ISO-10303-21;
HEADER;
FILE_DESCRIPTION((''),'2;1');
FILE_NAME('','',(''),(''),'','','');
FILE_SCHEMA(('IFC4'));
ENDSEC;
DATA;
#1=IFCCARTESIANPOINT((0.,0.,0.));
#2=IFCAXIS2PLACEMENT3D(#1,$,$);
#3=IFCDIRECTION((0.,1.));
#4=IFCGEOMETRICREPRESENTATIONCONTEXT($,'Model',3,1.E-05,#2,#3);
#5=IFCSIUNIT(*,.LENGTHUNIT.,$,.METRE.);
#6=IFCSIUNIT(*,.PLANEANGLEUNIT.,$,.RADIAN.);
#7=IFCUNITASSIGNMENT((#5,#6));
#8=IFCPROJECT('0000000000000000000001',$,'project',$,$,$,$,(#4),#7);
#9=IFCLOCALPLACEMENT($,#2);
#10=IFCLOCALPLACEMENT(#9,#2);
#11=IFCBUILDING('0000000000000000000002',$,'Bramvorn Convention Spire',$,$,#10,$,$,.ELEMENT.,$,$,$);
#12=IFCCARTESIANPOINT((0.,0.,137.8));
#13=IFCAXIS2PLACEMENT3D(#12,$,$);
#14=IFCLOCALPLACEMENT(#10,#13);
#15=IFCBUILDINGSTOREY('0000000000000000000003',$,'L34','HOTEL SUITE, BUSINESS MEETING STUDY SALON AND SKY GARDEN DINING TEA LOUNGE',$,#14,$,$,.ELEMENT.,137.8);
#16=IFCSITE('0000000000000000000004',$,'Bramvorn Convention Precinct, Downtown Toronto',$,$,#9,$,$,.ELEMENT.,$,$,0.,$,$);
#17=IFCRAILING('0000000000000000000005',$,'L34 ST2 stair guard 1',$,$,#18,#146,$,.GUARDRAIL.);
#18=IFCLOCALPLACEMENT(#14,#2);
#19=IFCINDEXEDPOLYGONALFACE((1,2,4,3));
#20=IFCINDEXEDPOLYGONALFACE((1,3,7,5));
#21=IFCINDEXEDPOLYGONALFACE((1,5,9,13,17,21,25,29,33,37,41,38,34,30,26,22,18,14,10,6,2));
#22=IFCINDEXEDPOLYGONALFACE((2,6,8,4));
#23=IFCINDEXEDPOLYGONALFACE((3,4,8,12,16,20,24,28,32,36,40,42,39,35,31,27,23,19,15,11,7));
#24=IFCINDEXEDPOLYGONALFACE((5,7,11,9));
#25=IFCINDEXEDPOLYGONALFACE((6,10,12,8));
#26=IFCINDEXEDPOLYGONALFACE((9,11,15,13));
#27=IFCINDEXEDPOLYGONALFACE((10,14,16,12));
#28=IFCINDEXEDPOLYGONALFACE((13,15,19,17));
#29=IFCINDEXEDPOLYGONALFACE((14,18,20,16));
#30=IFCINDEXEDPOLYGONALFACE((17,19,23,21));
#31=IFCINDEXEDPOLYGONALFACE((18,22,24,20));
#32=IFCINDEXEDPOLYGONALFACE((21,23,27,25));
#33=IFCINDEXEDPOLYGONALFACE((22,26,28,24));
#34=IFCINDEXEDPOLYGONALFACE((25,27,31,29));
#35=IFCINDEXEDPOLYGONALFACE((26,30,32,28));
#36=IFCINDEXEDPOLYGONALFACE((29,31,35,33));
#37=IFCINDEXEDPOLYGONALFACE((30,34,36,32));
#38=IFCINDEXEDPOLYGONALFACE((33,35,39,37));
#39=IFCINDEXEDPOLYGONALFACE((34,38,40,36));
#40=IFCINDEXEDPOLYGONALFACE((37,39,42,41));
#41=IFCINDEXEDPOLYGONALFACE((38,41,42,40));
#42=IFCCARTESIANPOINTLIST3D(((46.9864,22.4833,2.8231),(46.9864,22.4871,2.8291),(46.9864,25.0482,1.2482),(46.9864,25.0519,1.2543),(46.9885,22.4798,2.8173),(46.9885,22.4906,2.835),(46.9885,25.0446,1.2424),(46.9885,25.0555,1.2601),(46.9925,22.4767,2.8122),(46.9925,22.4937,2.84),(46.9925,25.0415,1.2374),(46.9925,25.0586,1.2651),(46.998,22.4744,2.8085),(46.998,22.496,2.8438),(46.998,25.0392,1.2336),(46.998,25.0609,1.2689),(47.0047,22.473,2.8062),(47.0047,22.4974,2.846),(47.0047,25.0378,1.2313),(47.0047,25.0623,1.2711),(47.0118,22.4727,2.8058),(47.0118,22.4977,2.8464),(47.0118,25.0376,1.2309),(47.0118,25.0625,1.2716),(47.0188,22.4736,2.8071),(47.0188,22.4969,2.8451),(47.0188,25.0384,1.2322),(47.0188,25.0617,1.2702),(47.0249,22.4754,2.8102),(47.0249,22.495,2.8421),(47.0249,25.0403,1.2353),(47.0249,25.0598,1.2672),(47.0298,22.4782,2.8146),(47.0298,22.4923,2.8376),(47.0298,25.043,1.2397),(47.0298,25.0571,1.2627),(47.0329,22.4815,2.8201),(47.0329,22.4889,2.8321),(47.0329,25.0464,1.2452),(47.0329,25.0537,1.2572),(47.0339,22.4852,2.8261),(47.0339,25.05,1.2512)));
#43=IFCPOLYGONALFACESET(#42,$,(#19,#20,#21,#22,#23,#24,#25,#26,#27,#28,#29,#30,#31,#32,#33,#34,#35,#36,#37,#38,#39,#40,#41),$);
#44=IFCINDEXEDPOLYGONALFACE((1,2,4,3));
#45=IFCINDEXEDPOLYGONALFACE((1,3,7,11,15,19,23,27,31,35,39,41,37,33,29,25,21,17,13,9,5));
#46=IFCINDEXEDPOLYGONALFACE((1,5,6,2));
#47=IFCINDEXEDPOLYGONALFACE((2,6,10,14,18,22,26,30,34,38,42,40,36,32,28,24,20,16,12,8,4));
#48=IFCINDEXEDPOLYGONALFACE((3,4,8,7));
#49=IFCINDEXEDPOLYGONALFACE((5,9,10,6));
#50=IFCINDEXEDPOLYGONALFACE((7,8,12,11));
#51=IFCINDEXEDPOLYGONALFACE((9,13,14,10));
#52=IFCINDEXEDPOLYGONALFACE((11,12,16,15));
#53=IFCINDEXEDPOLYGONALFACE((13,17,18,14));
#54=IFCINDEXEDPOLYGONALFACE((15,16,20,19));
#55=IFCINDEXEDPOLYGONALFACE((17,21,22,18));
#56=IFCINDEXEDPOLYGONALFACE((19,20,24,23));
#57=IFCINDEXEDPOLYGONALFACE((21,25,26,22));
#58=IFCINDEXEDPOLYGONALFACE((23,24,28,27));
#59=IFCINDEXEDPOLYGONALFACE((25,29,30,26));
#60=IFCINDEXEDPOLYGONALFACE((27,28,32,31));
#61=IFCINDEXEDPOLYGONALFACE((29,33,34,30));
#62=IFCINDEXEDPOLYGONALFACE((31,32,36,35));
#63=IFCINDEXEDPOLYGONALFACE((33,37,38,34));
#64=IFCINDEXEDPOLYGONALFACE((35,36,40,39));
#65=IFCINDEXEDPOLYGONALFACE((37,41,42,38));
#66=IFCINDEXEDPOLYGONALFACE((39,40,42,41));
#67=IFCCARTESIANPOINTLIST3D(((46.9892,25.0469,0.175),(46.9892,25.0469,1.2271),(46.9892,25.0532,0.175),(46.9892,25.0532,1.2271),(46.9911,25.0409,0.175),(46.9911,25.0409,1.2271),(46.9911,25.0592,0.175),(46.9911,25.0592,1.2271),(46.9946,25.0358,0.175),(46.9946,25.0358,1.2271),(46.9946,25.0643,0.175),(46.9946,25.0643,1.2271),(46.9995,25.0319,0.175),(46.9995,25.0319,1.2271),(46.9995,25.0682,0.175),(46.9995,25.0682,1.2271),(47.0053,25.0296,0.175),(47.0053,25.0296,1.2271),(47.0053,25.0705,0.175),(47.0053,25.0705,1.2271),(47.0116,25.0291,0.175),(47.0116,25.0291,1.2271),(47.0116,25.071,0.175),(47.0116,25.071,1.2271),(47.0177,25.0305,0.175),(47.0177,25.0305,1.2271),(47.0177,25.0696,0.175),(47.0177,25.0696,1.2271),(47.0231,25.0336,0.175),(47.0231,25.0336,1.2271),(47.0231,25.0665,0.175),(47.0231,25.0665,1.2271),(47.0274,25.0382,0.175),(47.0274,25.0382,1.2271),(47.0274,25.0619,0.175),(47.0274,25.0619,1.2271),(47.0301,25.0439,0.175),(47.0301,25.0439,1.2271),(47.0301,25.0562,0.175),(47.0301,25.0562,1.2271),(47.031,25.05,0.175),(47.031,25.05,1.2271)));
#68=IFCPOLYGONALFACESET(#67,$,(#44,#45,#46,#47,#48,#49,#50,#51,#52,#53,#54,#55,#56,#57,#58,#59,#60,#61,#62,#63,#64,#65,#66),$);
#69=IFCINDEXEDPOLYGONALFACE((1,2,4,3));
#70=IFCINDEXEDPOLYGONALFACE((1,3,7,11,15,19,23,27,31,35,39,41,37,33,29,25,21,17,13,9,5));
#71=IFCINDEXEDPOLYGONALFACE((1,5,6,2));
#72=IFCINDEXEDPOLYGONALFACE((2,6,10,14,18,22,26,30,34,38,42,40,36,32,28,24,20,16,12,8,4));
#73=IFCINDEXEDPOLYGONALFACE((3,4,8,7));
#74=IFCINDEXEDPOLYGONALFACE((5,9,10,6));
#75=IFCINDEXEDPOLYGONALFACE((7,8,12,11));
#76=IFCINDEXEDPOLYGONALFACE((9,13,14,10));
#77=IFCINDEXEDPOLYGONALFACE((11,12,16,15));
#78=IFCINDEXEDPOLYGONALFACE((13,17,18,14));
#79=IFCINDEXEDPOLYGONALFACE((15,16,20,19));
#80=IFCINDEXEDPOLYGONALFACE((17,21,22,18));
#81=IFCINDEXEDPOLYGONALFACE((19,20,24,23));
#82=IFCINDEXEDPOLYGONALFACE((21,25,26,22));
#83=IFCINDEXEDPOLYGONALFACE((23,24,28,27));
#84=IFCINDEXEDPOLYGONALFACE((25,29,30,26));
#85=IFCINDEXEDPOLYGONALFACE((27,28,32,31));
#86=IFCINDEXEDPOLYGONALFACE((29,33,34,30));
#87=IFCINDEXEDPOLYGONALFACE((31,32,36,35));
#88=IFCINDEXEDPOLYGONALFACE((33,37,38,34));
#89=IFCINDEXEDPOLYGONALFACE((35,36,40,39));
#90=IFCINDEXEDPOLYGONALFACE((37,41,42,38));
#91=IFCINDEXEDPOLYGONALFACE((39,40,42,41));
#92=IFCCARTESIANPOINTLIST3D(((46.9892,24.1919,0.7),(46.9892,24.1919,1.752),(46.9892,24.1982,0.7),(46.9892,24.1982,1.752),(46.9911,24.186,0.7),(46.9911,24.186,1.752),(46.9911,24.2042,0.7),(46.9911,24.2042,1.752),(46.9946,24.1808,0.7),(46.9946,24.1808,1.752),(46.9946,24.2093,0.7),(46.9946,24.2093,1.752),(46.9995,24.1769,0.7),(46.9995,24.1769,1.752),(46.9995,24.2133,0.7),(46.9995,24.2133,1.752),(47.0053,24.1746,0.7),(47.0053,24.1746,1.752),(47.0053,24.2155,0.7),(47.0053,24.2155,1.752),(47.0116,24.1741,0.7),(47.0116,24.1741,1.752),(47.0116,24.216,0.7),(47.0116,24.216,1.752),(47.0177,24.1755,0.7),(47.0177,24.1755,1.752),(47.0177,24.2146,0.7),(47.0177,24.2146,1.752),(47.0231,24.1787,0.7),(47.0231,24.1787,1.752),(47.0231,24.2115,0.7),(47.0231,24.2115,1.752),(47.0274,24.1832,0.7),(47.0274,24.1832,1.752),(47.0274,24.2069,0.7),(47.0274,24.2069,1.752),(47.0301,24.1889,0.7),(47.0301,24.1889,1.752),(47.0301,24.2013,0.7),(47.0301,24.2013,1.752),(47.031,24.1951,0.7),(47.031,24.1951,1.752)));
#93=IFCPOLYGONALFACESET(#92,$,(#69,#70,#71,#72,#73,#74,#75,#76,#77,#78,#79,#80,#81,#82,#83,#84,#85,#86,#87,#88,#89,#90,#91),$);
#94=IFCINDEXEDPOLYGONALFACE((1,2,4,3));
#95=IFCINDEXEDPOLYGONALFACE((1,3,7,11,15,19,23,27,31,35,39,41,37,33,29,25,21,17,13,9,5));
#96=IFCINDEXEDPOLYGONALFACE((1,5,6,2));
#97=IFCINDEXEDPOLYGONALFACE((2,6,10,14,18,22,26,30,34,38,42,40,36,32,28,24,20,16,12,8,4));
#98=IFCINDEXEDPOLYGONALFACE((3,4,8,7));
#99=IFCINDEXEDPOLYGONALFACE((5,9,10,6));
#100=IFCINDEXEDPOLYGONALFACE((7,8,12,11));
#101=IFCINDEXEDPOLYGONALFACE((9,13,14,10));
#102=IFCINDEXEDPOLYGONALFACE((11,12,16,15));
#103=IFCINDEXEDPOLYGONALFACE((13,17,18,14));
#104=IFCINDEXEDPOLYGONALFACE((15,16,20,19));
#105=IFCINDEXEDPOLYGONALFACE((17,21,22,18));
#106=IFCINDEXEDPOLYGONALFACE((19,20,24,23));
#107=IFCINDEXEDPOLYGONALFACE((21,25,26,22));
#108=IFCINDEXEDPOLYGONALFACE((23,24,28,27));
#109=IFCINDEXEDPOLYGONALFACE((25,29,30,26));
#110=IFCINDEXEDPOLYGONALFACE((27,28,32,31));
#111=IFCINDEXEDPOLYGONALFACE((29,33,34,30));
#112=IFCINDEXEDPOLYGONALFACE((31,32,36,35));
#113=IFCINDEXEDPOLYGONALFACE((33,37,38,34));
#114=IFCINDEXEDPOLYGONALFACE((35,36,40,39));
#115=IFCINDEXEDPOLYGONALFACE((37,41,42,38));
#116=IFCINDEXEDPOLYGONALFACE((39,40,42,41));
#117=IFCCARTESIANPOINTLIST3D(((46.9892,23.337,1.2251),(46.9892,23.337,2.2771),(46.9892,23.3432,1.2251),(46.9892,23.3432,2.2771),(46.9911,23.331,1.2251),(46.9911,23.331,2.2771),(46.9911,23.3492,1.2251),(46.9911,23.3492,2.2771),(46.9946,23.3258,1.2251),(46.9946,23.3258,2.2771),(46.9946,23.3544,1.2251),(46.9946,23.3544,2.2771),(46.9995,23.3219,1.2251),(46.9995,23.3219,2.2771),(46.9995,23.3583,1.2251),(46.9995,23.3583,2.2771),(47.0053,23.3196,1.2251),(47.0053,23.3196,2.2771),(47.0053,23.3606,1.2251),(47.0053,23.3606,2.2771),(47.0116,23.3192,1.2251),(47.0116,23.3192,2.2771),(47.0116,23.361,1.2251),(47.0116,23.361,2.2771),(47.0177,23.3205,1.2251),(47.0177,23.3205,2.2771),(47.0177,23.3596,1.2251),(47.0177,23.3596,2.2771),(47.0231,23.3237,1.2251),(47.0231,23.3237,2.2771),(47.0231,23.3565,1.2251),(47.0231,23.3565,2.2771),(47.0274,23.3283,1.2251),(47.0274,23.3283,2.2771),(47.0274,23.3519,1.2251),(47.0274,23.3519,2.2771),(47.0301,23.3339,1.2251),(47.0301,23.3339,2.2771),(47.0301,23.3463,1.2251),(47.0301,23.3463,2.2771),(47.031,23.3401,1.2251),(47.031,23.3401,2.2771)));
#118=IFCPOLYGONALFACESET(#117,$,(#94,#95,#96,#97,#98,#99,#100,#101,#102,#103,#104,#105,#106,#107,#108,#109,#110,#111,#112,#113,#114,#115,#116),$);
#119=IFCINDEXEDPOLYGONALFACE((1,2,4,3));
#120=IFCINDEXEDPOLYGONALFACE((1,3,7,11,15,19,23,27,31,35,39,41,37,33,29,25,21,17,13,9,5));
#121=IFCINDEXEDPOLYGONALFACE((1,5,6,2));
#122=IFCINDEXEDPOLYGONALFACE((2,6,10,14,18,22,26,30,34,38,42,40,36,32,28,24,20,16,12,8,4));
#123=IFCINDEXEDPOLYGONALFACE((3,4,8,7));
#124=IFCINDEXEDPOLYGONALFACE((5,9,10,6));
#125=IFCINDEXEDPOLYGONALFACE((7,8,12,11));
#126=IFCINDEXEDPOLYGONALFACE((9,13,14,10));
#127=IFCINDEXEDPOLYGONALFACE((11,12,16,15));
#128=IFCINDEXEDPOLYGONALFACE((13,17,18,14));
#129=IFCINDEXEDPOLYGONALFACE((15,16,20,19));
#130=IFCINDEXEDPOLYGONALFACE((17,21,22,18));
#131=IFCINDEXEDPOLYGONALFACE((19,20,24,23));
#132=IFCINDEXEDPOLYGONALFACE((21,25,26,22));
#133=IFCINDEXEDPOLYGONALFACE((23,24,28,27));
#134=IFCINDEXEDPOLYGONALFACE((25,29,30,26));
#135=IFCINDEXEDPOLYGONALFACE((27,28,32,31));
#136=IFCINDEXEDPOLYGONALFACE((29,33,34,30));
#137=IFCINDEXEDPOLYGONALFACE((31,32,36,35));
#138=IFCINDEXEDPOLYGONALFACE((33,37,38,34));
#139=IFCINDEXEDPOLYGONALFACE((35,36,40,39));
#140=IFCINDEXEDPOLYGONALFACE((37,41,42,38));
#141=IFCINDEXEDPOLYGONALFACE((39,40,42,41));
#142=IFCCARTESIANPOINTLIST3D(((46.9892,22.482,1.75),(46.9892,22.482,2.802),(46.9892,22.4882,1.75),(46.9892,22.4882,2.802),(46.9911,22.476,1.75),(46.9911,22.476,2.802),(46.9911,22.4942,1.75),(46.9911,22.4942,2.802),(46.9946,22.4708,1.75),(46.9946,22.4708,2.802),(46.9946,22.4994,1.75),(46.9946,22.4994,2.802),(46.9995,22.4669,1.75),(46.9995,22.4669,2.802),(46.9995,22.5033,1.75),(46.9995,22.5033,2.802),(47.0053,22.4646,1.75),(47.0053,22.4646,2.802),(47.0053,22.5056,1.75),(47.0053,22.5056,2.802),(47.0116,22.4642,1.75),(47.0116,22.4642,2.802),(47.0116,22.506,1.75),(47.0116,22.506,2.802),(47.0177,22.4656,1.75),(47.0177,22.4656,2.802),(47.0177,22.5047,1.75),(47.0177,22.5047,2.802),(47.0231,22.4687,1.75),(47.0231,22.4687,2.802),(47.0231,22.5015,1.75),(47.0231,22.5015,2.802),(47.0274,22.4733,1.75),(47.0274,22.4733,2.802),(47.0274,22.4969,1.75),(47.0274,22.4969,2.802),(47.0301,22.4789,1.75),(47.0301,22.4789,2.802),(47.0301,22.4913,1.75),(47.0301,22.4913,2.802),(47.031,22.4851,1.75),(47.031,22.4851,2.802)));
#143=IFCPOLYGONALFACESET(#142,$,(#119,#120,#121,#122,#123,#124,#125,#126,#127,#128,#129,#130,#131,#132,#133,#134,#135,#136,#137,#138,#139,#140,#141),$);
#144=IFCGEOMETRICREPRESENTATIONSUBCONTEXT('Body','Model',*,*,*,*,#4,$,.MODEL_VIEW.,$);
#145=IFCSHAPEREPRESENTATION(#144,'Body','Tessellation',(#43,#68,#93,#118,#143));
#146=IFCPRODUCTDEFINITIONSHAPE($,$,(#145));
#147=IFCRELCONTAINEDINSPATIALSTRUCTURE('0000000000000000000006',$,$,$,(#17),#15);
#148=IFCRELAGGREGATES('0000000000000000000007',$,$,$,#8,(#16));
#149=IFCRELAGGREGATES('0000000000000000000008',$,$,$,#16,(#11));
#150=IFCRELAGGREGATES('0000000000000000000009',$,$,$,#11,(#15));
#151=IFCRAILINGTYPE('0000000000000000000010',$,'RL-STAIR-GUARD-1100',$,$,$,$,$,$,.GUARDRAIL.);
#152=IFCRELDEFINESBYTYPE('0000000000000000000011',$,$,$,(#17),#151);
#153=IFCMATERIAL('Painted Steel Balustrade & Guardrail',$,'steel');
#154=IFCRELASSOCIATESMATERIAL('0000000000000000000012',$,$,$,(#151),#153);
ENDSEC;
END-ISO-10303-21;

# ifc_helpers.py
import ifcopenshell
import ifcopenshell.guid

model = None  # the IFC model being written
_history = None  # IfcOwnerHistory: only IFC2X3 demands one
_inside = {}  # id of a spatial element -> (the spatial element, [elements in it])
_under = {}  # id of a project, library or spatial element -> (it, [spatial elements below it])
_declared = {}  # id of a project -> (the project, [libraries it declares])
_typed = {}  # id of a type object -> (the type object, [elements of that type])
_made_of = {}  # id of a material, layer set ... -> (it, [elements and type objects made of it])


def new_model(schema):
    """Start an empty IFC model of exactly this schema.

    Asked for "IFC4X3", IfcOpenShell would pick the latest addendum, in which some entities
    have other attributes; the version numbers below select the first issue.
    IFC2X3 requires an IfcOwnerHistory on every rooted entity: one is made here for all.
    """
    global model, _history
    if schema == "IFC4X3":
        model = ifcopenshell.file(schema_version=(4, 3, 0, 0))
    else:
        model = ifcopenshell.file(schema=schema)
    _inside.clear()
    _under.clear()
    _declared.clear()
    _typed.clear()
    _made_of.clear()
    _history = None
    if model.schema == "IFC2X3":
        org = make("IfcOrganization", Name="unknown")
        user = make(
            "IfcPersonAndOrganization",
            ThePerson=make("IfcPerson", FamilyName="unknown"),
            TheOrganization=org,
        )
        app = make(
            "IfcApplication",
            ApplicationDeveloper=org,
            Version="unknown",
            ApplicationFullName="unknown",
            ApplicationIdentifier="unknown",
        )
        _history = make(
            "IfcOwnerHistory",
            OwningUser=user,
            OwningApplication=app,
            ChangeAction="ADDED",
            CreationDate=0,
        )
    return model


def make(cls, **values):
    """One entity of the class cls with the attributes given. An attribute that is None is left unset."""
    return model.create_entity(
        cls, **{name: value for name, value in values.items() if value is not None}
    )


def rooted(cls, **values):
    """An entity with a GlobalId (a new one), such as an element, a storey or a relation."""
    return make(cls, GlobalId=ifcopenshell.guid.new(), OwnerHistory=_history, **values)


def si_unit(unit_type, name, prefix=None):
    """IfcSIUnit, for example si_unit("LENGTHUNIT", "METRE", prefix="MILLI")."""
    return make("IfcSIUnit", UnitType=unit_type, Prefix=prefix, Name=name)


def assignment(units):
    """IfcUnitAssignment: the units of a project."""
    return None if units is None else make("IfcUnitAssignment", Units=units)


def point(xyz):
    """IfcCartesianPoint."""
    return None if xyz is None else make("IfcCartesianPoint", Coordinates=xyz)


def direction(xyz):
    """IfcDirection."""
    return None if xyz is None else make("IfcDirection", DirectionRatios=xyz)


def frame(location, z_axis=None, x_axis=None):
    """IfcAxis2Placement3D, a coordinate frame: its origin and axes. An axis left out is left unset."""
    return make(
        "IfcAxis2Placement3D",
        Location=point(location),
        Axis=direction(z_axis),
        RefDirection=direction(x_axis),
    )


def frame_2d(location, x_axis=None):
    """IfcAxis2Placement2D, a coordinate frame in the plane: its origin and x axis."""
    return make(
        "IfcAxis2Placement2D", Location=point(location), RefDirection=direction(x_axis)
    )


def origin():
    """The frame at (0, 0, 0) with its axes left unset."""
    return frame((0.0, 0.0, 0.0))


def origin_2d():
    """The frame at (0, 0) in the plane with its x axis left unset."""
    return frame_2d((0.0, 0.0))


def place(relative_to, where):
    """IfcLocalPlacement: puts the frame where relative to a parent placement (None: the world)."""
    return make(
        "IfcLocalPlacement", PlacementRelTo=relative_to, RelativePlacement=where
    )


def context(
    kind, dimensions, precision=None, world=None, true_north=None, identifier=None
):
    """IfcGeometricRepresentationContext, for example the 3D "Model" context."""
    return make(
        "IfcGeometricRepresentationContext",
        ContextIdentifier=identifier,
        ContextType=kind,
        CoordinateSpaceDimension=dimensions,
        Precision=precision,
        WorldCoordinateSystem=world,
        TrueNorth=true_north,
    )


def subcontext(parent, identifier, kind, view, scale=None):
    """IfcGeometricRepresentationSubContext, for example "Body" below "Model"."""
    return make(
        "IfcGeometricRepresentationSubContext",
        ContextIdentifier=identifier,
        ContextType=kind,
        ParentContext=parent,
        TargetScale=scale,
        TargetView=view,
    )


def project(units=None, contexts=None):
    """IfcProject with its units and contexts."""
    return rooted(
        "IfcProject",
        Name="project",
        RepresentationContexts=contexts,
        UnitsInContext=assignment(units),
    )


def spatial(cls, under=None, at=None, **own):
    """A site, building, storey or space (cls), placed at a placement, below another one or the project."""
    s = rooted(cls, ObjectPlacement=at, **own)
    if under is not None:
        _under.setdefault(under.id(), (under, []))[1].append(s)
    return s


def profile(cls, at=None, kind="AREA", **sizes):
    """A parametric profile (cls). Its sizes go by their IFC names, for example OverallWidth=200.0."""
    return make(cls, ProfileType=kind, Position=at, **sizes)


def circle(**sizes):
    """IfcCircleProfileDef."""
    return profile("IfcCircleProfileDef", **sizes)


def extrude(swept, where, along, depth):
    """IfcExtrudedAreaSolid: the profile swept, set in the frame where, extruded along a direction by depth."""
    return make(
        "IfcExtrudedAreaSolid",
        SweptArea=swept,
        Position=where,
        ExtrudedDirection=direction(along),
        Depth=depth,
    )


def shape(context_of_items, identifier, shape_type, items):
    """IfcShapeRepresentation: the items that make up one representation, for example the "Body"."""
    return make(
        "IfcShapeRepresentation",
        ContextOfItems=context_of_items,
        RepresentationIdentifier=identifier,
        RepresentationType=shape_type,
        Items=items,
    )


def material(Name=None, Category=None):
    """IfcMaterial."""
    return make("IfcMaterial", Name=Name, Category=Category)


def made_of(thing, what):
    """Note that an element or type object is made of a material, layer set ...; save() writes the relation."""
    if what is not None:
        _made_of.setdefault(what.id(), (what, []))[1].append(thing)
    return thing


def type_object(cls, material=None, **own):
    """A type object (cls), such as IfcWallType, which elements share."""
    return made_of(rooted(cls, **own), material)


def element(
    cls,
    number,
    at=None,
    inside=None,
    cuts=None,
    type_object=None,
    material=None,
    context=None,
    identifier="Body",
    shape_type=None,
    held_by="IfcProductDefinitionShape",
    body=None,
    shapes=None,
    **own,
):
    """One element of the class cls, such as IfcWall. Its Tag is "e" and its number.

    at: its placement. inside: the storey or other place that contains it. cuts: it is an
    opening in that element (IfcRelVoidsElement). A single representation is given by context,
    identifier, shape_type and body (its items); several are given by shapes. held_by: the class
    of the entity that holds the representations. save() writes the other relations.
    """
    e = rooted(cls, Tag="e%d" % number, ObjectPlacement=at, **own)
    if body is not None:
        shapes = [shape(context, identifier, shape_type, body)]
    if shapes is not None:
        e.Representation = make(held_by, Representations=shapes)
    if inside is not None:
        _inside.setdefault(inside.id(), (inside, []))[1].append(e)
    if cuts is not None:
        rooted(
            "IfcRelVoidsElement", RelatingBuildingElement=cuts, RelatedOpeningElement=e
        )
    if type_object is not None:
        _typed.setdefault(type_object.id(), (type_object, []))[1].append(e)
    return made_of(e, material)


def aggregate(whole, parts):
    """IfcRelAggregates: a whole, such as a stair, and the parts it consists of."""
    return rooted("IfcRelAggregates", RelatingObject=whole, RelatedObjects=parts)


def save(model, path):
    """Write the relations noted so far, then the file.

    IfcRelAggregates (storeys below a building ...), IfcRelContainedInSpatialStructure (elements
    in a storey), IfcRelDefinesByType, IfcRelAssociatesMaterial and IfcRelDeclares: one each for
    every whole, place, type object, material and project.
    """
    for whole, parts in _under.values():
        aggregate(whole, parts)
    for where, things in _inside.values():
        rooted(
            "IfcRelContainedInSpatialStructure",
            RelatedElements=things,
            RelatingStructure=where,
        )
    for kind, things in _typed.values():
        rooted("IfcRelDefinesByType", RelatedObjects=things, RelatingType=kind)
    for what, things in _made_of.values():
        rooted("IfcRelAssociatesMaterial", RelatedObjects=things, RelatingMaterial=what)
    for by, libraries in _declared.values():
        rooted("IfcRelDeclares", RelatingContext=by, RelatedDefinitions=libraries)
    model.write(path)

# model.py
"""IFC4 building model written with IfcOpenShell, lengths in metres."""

from ifc_helpers import new_model, si_unit, direction, frame, origin, origin_2d, place, context, subcontext, project, spatial, circle, extrude, material, type_object, element, save


model = new_model("IFC4")

# Units and contexts
model_context = context("Model", 3, precision=1e-05, world=origin(), true_north=direction((0.0, 1.0)))
body_context = subcontext(model_context, "Body", "Model", "MODEL_VIEW")
ifc_project = project(units=[si_unit("LENGTHUNIT", "METRE"), si_unit("PLANEANGLEUNIT", "RADIAN")], contexts=[model_context])

# Site, building, storey
site_placement = place(None, origin())
site = spatial("IfcSite", under=ifc_project, at=site_placement, Name="Bramvorn Convention Precinct, Downtown Toronto", CompositionType="ELEMENT", RefElevation=0.0)
building_placement = place(site_placement, origin())
building = spatial("IfcBuilding", under=site, at=building_placement, Name="Bramvorn Convention Spire", CompositionType="ELEMENT")
storey_placement = place(building_placement, frame((0.0, 0.0, 137.8)))
storey = spatial("IfcBuildingStorey", under=building, at=storey_placement, Name="L34", Description="HOTEL SUITE, BUSINESS MEETING STUDY SALON AND SKY GARDEN DINING TEA LOUNGE", CompositionType="ELEMENT", Elevation=137.8)

# Railing
ifc_material_1 = material(Name="Painted Steel Balustrade & Guardrail", Category="steel")
railing_type_1 = type_object("IfcRailingType", Name="RL-STAIR-GUARD-1100", PredefinedType="GUARDRAIL", material=ifc_material_1)
railing_1_placement = place(storey_placement, frame((47.01, 25.05, 0.175)))
element("IfcRailing", 1, at=railing_1_placement, inside=storey, type_object=railing_type_1, Name="L34 ST2 stair guard 1", PredefinedType="GUARDRAIL", context=body_context, shape_type="SweptSolid", body=[
    extrude(circle(Radius=0.0239, at=origin_2d()), frame((0.0, 0.0, 1.0762), z_axis=(0.0, -0.852173, 0.52326), x_axis=(1.0, 0.0, 0.0)), (0.0, 0.0, 1.0), 3.0098),
    extrude(circle(Radius=0.021, at=origin_2d()), origin(), (0.0, 0.0, 1.0), 1.052),
    extrude(circle(Radius=0.021, at=origin_2d()), frame((0.0, -0.855, 0.5249)), (0.0, 0.0, 1.0), 1.052),
    extrude(circle(Radius=0.021, at=origin_2d()), frame((0.0, -1.71, 1.05)), (0.0, 0.0, 1.0), 1.052),
    extrude(circle(Radius=0.021, at=origin_2d()), frame((0.0, -2.5649, 1.575)), (0.0, 0.0, 1.0), 1.052),
])

save(model, "model.ifc")
